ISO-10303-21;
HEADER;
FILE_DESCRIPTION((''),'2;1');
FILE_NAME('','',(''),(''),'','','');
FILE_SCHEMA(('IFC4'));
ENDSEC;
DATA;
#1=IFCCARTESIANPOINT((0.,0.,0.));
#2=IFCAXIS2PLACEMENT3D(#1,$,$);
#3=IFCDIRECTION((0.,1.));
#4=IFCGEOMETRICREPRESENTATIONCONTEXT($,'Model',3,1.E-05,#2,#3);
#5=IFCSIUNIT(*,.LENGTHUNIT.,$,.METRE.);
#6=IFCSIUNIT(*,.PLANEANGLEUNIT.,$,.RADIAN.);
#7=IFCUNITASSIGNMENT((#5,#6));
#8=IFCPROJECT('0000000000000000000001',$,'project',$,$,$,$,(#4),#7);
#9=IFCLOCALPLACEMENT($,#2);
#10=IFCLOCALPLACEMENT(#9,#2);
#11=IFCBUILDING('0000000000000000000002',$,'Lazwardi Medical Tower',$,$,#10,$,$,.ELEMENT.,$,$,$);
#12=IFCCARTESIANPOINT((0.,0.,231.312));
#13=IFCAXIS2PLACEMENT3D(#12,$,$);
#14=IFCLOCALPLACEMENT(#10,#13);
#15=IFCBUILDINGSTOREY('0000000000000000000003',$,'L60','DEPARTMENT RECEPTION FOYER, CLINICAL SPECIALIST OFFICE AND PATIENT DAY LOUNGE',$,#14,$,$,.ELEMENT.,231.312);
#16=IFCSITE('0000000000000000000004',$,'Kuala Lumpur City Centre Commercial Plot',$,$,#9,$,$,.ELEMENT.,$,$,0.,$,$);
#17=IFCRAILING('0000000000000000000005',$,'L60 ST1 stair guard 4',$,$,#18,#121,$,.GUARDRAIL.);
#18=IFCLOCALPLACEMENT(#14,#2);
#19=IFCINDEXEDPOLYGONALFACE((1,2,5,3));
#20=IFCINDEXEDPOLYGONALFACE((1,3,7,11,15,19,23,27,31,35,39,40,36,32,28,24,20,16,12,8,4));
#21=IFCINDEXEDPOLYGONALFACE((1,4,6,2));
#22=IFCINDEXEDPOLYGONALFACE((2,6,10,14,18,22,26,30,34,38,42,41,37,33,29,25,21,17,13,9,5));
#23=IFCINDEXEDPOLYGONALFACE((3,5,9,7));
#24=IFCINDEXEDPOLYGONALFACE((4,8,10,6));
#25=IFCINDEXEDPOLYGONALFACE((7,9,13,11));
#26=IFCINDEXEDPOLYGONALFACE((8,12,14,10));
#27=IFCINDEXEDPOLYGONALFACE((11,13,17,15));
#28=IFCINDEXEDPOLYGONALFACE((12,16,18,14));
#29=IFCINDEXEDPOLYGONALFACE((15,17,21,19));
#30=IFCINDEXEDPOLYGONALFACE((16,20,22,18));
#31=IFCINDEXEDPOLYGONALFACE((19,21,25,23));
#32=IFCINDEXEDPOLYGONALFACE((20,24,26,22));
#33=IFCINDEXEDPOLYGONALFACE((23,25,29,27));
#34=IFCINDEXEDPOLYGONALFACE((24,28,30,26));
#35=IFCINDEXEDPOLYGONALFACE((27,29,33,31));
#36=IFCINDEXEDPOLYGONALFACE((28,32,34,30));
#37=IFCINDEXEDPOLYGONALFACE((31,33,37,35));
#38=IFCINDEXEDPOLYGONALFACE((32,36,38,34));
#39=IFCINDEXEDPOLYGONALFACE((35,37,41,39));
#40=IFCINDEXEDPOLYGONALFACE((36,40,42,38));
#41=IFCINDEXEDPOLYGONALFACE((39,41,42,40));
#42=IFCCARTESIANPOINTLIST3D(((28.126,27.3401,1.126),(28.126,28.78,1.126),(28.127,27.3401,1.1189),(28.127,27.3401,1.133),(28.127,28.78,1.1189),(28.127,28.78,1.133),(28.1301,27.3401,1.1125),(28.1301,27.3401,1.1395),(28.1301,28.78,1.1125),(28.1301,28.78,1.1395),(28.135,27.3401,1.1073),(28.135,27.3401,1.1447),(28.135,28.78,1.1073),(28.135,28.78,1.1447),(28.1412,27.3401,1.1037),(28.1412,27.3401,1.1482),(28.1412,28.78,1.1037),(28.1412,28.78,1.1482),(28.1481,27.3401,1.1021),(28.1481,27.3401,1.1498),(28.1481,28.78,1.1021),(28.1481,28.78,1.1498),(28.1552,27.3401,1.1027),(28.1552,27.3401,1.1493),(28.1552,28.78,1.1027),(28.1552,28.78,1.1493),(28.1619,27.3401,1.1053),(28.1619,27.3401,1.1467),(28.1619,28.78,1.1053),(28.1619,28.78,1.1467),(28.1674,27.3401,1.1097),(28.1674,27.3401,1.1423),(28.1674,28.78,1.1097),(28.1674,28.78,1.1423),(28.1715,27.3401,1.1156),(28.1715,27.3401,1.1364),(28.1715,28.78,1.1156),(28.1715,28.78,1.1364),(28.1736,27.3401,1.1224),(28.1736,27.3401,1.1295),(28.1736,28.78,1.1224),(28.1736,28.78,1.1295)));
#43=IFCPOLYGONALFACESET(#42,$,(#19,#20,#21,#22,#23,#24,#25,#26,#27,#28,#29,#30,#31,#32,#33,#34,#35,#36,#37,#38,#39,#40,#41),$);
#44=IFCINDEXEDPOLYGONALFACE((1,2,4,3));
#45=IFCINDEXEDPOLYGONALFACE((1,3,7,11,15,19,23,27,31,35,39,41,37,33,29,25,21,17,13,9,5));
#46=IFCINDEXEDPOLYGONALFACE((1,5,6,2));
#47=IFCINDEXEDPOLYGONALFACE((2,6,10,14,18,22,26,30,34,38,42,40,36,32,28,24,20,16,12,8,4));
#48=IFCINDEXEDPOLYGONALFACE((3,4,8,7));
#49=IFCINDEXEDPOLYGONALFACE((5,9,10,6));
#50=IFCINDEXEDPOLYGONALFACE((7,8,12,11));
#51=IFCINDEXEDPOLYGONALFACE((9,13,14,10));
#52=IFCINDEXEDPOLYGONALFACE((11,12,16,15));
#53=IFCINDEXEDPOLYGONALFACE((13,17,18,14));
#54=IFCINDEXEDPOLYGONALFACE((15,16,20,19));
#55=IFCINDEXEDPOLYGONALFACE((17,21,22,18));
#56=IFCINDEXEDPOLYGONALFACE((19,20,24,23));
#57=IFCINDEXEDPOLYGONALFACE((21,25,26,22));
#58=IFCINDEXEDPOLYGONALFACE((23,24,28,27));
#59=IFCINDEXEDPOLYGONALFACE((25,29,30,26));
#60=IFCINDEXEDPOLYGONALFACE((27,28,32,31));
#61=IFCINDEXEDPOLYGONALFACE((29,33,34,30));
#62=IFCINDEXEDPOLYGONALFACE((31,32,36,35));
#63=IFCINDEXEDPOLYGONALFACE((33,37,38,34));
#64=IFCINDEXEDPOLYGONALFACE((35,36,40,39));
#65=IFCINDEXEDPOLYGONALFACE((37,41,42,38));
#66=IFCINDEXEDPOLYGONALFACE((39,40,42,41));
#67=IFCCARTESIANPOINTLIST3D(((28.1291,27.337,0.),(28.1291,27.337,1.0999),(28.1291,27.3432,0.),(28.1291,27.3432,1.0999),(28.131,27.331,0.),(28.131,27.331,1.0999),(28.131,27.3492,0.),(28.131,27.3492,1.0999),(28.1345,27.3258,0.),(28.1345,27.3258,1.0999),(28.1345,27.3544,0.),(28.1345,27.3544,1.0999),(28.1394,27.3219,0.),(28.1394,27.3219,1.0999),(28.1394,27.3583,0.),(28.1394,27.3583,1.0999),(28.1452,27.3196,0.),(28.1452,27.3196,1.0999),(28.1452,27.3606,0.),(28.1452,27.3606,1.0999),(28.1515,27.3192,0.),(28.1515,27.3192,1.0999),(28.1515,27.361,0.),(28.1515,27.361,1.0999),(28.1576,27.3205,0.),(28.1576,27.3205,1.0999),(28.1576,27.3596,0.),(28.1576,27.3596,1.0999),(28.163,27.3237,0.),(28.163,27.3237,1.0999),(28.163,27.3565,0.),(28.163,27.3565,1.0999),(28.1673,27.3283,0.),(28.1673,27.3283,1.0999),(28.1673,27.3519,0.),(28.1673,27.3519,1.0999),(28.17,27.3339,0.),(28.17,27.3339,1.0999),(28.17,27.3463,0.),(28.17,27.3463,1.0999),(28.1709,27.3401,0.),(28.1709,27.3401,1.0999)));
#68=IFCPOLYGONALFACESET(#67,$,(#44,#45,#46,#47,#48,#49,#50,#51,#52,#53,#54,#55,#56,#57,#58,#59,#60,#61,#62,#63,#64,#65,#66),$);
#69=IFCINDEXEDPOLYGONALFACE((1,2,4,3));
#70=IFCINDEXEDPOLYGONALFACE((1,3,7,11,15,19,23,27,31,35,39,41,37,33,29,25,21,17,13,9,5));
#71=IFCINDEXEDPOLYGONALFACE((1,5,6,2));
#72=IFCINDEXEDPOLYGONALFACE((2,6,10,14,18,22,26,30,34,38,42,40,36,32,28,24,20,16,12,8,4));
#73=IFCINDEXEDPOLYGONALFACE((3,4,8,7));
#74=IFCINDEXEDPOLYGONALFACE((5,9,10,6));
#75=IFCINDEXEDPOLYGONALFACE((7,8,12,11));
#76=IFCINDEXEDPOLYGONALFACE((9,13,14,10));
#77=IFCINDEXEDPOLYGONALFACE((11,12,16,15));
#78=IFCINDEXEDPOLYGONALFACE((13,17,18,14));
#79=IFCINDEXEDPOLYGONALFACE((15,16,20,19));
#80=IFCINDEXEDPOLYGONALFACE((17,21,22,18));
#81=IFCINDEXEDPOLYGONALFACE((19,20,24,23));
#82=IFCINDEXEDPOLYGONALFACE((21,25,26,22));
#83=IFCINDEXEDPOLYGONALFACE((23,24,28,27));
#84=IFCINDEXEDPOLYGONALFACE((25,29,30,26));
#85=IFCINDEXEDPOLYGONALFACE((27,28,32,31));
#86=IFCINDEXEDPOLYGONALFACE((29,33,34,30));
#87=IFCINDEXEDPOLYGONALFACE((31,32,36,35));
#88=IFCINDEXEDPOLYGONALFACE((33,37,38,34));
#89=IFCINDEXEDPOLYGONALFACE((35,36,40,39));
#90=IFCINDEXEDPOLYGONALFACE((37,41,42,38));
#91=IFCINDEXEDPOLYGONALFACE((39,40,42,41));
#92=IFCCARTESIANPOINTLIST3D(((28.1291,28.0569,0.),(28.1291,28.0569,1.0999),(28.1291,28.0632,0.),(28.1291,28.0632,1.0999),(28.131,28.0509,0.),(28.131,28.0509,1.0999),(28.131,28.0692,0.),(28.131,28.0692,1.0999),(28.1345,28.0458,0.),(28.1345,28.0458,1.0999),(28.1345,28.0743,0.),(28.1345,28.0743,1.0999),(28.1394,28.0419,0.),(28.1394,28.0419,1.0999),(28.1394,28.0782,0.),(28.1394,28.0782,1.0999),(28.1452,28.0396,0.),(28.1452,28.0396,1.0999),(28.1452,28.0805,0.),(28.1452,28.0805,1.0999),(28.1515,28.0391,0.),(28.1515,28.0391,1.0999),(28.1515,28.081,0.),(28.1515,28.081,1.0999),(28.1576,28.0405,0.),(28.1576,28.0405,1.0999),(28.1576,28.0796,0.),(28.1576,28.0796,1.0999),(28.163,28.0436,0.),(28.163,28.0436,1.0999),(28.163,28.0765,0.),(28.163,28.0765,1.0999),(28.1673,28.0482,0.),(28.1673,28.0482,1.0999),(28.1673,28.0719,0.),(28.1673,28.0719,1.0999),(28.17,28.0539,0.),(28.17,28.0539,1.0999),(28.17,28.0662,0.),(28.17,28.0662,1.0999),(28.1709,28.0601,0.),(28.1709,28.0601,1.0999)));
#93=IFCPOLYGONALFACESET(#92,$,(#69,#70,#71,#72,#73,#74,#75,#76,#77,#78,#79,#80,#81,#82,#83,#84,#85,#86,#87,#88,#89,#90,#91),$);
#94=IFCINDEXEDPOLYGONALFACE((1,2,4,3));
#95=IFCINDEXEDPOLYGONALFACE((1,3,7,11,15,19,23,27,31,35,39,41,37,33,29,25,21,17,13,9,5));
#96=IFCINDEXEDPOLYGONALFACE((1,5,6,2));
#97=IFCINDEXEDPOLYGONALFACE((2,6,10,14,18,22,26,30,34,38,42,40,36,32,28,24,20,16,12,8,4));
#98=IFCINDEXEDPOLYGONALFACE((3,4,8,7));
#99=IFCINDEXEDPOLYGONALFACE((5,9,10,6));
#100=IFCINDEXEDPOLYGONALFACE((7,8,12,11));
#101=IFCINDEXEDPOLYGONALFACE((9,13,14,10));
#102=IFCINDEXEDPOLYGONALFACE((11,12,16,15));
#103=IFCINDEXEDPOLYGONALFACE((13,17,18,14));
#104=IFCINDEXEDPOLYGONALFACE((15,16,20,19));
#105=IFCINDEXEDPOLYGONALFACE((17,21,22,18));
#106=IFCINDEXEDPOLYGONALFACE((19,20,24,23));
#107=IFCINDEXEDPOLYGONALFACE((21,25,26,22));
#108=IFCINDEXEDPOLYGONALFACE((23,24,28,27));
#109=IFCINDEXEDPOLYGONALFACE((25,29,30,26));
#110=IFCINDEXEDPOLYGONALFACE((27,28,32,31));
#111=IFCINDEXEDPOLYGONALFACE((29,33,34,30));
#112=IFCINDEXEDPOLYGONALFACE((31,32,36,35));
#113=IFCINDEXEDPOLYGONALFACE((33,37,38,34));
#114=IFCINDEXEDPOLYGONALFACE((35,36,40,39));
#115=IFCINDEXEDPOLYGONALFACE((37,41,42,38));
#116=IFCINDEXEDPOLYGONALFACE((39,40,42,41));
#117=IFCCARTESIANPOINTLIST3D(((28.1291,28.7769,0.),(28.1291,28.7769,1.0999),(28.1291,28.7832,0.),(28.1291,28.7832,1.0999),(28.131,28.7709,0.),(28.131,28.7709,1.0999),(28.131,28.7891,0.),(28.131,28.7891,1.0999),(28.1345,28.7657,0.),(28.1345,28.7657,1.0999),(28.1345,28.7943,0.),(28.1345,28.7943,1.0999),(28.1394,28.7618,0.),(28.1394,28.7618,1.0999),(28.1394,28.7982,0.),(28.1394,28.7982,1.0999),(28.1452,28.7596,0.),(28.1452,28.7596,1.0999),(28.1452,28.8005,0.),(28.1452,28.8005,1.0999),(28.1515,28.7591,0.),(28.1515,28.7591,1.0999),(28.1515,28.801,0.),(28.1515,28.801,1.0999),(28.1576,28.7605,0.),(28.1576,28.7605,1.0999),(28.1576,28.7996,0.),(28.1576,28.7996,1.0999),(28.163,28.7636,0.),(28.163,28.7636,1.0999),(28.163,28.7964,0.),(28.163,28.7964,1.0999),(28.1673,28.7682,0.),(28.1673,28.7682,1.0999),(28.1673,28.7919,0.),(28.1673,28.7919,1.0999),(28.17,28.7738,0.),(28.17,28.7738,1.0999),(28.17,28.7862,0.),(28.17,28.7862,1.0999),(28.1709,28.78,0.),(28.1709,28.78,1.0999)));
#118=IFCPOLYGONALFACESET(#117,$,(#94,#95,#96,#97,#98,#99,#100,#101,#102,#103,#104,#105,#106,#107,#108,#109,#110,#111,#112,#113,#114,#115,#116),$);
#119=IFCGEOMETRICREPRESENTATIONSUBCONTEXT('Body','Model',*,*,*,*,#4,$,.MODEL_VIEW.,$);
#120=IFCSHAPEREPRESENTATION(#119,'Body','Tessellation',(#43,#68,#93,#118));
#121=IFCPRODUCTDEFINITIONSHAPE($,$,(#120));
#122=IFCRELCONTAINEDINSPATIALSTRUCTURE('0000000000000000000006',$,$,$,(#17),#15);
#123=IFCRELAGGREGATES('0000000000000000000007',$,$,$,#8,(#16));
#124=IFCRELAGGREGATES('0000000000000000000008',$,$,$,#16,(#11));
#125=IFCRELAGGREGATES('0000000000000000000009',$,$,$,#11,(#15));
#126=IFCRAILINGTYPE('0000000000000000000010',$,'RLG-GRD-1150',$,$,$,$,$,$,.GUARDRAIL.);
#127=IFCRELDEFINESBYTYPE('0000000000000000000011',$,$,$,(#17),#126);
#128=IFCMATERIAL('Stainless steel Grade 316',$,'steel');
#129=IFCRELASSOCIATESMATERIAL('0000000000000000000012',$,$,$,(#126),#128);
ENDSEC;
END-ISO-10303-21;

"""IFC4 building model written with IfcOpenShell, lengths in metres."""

from ifc_helpers import new_model, si_unit, direction, frame, origin, origin_2d, place, context, subcontext, project, spatial, circle, extrude, material, type_object, element, save


model = new_model("IFC4")

# Units and contexts
model_context = context("Model", 3, precision=1e-05, world=origin(), true_north=direction((0.0, 1.0)))
body_context = subcontext(model_context, "Body", "Model", "MODEL_VIEW")
ifc_project = project(units=[si_unit("LENGTHUNIT", "METRE"), si_unit("PLANEANGLEUNIT", "RADIAN")], contexts=[model_context])

# Site, building, storey
site_placement = place(None, origin())
site = spatial("IfcSite", under=ifc_project, at=site_placement, Name="Kuala Lumpur City Centre Commercial Plot", CompositionType="ELEMENT", RefElevation=0.0)
building_placement = place(site_placement, origin())
building = spatial("IfcBuilding", under=site, at=building_placement, Name="Lazwardi Medical Tower", CompositionType="ELEMENT")
storey_placement = place(building_placement, frame((0.0, 0.0, 231.312)))
storey = spatial("IfcBuildingStorey", under=building, at=storey_placement, Name="L60", Description="DEPARTMENT RECEPTION FOYER, CLINICAL SPECIALIST OFFICE AND PATIENT DAY LOUNGE", CompositionType="ELEMENT", Elevation=231.312)

# Railing
ifc_material_1 = material(Name="Stainless steel Grade 316", Category="steel")
railing_type_1 = type_object("IfcRailingType", Name="RLG-GRD-1150", PredefinedType="GUARDRAIL", material=ifc_material_1)
railing_1_placement = place(storey_placement, frame((28.1499, 27.3401, 0.0)))
element("IfcRailing", 1, at=railing_1_placement, inside=storey, type_object=railing_type_1, Name="L60 ST1 stair guard 4", PredefinedType="GUARDRAIL", context=body_context, shape_type="SweptSolid", body=[
    extrude(circle(Radius=0.0239, at=origin_2d()), frame((0.0, 0.0, 1.126), z_axis=(0.0, 1.0, 0.0), x_axis=(-1.0, 0.0, 0.0)), (0.0, 0.0, 1.0), 1.4399),
    extrude(circle(Radius=0.021, at=origin_2d()), origin(), (0.0, 0.0, 1.0), 1.0999),
    extrude(circle(Radius=0.021, at=origin_2d()), frame((0.0, 0.72, 0.0)), (0.0, 0.0, 1.0), 1.0999),
    extrude(circle(Radius=0.021, at=origin_2d()), frame((0.0, 1.4399, 0.0)), (0.0, 0.0, 1.0), 1.0999),
])

save(model, "model.ifc")
